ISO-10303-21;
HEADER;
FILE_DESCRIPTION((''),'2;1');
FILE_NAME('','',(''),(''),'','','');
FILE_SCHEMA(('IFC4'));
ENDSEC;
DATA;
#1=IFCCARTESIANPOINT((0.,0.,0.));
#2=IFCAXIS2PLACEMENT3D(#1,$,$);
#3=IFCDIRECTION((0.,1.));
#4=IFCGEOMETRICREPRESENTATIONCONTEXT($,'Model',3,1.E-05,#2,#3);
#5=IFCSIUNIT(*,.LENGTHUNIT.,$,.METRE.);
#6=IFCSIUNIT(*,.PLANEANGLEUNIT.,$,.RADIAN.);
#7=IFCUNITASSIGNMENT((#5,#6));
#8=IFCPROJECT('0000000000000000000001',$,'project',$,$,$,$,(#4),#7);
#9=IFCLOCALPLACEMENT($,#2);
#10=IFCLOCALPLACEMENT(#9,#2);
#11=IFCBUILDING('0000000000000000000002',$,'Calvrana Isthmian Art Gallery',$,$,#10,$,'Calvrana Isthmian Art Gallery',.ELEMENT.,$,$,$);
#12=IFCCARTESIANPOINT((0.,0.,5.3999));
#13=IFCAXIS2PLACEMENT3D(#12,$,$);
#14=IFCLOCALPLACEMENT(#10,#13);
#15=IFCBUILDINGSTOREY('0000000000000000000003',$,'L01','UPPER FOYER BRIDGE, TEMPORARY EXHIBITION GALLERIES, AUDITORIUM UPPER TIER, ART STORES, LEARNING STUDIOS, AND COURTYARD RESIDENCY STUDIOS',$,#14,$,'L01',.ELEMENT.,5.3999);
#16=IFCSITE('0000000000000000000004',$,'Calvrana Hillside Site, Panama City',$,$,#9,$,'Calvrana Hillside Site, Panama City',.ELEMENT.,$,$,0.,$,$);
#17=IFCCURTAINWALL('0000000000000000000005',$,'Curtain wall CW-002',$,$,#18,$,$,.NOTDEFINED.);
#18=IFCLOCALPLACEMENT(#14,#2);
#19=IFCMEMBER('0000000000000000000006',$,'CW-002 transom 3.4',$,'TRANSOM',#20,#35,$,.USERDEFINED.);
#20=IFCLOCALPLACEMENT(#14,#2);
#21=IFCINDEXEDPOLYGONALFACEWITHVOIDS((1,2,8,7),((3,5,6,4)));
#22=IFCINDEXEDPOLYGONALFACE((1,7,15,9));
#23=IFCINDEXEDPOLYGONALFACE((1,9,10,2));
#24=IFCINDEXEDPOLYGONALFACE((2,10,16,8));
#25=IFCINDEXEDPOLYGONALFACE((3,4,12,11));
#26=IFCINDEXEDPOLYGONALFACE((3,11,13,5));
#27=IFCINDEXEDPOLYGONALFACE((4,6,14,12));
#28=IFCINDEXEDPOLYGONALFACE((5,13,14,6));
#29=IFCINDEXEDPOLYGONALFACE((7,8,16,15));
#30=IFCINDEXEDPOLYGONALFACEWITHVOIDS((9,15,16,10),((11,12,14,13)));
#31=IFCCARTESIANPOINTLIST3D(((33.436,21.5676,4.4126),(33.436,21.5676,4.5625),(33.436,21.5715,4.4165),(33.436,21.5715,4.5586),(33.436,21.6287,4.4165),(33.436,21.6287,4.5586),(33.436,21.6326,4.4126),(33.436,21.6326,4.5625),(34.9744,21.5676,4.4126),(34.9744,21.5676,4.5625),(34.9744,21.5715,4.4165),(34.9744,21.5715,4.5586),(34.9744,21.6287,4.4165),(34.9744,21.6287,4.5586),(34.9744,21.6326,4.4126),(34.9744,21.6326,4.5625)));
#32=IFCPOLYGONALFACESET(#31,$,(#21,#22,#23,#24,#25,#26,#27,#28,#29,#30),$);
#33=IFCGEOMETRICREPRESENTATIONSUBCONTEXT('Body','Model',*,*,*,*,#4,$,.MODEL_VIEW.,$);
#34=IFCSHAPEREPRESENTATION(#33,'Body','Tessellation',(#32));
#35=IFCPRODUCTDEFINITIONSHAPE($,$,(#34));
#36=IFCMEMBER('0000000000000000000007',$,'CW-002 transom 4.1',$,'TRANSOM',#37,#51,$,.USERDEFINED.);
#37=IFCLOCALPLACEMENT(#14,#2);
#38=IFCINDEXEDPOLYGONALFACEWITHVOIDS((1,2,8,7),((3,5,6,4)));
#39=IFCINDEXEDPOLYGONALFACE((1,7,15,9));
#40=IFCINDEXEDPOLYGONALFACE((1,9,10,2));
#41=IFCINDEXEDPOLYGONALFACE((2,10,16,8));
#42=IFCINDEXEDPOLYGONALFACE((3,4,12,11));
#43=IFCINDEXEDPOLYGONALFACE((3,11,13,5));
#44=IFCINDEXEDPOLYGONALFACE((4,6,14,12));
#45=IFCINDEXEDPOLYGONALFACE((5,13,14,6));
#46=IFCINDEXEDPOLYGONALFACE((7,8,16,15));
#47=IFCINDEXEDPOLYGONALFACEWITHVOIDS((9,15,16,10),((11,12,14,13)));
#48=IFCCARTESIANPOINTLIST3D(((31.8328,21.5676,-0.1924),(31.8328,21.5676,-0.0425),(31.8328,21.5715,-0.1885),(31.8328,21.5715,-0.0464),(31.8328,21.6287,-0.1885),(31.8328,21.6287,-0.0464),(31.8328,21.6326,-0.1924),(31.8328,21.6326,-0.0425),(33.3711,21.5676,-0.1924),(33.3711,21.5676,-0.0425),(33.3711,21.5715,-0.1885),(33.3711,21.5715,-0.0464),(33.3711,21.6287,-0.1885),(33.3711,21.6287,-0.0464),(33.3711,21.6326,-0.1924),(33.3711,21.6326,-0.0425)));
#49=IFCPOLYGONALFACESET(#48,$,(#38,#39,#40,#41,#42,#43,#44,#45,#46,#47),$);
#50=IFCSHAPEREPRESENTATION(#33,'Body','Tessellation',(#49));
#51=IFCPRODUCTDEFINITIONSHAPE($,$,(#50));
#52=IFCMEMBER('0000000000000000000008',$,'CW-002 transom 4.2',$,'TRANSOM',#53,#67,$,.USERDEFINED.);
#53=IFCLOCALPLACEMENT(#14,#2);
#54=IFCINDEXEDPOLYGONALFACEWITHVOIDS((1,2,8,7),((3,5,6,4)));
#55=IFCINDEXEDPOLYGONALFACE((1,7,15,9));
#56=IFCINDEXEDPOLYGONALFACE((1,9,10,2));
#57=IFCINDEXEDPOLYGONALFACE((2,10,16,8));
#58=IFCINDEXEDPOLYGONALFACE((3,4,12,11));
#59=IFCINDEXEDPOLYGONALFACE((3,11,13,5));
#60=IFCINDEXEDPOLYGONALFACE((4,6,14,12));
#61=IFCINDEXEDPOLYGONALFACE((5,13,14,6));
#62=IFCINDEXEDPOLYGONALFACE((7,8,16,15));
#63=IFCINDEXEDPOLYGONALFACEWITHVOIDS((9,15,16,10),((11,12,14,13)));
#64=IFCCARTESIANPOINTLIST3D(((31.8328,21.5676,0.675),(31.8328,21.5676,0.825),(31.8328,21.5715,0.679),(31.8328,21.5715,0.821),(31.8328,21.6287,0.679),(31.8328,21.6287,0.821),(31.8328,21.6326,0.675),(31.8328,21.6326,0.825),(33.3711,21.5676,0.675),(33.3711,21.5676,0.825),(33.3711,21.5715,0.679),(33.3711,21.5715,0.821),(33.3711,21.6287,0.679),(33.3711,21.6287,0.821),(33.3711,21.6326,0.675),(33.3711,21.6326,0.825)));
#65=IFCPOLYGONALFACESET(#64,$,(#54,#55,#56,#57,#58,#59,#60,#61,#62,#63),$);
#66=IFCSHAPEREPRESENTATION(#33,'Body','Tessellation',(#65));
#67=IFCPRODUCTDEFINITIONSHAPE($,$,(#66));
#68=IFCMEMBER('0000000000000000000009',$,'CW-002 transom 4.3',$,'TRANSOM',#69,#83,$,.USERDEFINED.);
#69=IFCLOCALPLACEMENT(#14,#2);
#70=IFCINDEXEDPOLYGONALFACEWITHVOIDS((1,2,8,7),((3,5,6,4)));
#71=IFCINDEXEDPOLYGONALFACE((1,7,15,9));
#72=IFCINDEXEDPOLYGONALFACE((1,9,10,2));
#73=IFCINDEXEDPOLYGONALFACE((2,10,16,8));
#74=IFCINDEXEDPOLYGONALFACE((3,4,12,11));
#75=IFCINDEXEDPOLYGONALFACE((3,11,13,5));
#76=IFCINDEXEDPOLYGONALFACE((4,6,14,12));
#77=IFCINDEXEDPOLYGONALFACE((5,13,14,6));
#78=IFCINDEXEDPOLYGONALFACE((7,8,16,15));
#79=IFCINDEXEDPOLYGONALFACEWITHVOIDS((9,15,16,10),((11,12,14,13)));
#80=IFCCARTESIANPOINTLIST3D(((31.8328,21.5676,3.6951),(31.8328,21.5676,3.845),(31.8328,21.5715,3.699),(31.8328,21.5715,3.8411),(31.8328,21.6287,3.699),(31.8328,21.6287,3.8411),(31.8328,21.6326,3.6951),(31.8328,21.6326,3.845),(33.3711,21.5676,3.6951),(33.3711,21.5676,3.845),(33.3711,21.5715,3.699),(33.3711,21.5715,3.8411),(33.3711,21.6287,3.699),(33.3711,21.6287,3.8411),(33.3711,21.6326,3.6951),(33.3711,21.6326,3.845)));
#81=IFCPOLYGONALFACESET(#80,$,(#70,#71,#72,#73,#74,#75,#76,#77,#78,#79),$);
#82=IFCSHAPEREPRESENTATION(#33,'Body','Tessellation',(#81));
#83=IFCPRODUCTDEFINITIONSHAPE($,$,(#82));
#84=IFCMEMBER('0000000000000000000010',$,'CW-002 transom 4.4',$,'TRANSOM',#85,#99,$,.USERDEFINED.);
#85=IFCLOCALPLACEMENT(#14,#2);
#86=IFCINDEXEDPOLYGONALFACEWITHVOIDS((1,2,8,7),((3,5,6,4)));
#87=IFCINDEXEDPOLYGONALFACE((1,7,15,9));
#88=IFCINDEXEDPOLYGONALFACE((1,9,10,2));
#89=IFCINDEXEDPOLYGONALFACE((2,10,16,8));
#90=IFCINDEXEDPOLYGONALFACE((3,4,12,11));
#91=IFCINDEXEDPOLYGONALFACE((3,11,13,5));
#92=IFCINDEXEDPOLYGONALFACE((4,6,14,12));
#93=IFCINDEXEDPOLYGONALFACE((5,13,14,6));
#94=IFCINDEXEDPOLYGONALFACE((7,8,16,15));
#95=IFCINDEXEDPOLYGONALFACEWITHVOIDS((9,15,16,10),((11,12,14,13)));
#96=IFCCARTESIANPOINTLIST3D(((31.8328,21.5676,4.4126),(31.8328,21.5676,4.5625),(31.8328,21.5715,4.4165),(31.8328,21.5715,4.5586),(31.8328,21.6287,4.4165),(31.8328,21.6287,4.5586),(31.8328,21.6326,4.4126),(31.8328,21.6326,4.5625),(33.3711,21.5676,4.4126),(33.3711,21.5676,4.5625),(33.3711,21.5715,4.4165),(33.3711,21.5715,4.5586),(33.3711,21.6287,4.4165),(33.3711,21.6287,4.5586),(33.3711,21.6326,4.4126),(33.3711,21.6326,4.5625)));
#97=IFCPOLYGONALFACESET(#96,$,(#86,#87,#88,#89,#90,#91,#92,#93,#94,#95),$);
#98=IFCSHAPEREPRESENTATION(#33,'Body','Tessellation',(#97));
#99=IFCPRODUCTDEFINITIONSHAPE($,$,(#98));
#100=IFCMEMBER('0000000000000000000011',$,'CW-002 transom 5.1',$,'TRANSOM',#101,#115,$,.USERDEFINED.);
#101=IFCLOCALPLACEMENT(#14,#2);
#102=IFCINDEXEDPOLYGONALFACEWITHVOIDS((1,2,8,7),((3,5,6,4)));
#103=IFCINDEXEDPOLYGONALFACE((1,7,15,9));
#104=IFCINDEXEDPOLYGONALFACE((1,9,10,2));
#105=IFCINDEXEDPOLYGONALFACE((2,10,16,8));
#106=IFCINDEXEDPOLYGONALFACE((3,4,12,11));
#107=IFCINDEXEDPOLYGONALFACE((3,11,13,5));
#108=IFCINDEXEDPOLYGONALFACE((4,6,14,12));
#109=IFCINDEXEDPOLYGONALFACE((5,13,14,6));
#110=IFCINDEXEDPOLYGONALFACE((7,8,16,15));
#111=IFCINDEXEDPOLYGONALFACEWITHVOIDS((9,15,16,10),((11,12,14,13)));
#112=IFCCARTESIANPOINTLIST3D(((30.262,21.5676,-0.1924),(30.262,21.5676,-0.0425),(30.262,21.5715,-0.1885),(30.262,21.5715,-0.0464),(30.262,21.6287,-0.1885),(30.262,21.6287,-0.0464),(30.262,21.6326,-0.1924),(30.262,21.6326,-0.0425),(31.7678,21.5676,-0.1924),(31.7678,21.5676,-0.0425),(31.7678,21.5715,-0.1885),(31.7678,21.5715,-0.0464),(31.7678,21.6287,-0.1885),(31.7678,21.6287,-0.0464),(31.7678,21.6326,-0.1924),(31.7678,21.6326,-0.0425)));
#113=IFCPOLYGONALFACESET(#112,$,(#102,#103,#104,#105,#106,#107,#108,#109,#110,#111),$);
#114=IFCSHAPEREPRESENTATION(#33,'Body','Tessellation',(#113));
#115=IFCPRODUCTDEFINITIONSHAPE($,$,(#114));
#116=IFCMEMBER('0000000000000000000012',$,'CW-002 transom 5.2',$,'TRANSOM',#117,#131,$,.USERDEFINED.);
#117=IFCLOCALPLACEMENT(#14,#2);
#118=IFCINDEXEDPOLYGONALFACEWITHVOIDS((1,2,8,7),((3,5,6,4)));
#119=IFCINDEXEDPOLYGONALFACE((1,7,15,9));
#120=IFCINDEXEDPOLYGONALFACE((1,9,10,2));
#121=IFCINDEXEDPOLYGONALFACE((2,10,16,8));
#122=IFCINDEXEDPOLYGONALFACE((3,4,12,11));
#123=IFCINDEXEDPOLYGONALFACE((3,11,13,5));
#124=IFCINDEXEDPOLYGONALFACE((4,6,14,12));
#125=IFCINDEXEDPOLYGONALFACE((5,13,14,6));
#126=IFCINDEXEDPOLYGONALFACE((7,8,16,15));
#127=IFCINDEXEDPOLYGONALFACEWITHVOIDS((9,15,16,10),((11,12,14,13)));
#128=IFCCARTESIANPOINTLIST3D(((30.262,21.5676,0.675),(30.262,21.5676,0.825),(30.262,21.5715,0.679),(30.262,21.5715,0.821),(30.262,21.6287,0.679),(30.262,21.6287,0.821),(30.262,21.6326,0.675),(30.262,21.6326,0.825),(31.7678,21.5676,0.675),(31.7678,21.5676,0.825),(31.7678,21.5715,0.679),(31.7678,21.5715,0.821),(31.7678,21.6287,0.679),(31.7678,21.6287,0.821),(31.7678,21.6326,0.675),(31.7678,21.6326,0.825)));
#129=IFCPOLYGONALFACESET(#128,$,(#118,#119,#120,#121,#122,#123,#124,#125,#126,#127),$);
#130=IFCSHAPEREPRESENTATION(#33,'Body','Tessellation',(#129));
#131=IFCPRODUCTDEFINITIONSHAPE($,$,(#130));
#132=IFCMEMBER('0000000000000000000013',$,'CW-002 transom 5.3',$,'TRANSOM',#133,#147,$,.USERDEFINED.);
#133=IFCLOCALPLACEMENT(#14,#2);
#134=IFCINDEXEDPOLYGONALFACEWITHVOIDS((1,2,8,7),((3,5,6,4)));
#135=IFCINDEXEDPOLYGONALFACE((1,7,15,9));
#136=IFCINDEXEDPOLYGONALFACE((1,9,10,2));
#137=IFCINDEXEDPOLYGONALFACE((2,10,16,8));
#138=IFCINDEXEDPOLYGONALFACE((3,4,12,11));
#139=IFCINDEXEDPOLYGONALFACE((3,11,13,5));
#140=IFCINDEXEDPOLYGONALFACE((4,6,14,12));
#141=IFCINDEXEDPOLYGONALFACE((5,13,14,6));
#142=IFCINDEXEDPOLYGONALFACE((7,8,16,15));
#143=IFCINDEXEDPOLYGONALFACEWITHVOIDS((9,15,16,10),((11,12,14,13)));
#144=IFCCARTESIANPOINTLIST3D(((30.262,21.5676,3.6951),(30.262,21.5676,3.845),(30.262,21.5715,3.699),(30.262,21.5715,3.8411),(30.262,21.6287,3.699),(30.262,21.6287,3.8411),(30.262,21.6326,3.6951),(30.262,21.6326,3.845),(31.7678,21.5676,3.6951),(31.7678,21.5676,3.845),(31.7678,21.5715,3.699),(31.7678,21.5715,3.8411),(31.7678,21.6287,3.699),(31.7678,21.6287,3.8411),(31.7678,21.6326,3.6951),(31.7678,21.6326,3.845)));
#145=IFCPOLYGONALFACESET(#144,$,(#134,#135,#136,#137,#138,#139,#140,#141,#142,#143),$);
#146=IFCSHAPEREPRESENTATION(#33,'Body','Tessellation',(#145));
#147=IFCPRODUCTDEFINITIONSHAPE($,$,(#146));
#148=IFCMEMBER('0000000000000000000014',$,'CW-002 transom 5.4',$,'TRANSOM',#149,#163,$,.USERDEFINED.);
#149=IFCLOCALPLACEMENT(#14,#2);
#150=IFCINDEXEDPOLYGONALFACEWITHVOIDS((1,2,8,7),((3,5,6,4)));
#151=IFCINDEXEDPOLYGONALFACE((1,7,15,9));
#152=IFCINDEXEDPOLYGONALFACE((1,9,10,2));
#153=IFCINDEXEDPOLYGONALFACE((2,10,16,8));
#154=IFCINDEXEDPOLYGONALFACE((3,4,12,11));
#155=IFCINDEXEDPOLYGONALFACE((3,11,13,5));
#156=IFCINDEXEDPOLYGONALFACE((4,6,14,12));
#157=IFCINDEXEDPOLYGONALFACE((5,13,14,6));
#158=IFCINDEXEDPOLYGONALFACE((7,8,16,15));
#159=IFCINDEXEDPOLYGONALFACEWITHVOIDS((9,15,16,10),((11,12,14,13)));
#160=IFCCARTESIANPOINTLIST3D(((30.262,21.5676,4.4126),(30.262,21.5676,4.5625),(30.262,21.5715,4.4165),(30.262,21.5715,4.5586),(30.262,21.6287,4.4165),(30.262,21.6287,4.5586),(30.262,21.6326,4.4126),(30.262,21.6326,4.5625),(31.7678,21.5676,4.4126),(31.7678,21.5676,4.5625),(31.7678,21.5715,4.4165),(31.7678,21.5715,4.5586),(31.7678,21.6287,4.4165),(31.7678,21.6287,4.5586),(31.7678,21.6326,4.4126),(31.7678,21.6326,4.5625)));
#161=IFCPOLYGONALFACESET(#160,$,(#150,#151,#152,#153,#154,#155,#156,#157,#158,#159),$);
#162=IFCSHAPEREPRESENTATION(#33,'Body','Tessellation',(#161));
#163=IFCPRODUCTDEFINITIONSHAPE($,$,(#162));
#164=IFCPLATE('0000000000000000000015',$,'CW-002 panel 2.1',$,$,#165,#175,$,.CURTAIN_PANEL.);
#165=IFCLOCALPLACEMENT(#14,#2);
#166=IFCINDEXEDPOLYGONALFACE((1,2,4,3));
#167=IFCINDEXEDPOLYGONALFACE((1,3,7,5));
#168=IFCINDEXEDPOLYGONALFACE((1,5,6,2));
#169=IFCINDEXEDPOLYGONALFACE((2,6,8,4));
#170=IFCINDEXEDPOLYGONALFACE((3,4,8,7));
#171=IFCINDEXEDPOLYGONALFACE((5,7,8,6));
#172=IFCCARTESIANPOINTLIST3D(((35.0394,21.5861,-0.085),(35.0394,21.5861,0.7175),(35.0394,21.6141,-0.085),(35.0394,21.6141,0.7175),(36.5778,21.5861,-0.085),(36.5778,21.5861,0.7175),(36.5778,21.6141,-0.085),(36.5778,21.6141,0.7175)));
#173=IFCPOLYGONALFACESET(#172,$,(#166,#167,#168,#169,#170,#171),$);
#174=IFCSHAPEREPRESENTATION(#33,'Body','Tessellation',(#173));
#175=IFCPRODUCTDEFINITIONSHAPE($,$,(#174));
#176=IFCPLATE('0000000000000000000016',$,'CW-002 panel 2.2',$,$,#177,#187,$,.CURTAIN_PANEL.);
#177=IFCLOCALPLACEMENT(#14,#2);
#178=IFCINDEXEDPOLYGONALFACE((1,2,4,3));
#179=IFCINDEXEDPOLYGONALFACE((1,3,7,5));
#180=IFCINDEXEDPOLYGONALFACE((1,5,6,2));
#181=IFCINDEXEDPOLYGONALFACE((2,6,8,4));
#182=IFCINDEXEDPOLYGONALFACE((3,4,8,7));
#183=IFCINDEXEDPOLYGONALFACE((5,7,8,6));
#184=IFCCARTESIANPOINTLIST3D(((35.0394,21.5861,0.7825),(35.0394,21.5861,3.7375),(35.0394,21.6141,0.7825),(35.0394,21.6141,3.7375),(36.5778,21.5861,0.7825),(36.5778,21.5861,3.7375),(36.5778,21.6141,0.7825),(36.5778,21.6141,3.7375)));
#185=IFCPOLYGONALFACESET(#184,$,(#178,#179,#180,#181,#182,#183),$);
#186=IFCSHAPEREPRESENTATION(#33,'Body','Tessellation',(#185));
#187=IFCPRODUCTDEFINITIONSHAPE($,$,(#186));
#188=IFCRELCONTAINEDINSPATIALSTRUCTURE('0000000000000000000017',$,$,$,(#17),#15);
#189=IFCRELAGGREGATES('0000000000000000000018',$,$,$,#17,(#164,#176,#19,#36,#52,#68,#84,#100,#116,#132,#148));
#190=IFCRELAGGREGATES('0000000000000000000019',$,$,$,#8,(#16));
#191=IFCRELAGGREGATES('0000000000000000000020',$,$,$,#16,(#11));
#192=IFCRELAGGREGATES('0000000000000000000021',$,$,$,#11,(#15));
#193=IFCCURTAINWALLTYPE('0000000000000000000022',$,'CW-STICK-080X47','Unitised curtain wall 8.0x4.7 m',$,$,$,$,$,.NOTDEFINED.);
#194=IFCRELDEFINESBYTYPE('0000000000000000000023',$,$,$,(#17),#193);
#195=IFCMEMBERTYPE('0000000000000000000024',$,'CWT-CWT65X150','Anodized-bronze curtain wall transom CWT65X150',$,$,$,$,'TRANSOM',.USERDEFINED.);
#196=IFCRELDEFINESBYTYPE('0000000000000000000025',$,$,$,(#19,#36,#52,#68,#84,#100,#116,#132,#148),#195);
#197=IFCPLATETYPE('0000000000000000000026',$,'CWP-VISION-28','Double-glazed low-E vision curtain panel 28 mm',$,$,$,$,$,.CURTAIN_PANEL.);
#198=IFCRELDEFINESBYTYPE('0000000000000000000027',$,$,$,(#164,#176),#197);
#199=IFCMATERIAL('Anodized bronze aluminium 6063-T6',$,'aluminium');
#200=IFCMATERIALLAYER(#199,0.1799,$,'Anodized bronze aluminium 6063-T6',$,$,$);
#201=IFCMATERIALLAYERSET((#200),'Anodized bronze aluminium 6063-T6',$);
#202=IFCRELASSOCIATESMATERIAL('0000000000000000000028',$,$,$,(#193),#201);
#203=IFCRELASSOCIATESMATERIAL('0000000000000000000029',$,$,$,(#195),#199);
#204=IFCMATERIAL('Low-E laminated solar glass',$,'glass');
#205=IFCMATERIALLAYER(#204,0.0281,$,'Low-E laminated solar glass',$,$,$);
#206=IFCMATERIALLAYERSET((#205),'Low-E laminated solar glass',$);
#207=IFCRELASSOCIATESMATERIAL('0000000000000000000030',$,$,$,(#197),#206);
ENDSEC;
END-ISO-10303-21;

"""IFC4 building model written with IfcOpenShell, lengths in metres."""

from ifc_helpers import new_model, si_unit, direction, frame, origin, origin_2d, place, context, subcontext, project, spatial, rectangle, hollow_rectangle, extrude, material, layer, layer_set, material_profile, profile_set, type_object, element, aggregate, save


model = new_model("IFC4")

# Units and contexts
model_context = context("Model", 3, precision=1e-05, world=origin(), true_north=direction((0.0, 1.0)))
body_context = subcontext(model_context, "Body", "Model", "MODEL_VIEW")
ifc_project = project(units=[si_unit("LENGTHUNIT", "METRE"), si_unit("PLANEANGLEUNIT", "RADIAN")], contexts=[model_context])

# Site, building, storey
site_placement = place(None, origin())
site = spatial("IfcSite", under=ifc_project, at=site_placement, Name="Calvrana Hillside Site, Panama City", LongName="Calvrana Hillside Site, Panama City", CompositionType="ELEMENT", RefElevation=0.0)
building_placement = place(site_placement, origin())
building = spatial("IfcBuilding", under=site, at=building_placement, Name="Calvrana Isthmian Art Gallery", LongName="Calvrana Isthmian Art Gallery", CompositionType="ELEMENT")
storey_placement = place(building_placement, frame((0.0, 0.0, 5.3999)))
storey = spatial("IfcBuildingStorey", under=building, at=storey_placement, Name="L01", Description="UPPER FOYER BRIDGE, TEMPORARY EXHIBITION GALLERIES, AUDITORIUM UPPER TIER, ART STORES, LEARNING STUDIOS, AND COURTYARD RESIDENCY STUDIOS", LongName="L01", CompositionType="ELEMENT", Elevation=5.3999)

# Curtain wall, members, plates
ifc_material_1 = material(Name="Anodized bronze aluminium 6063-T6", Category="aluminium")
ifc_layer_1 = layer(ifc_material_1, 0.1799, Name="Anodized bronze aluminium 6063-T6")
ifc_layer_set_1 = layer_set([ifc_layer_1], Name="Anodized bronze aluminium 6063-T6")
curtain_wall_type = type_object("IfcCurtainWallType", Name="CW-STICK-080X47", Description="Unitised curtain wall 8.0x4.7 m", PredefinedType="NOTDEFINED", material=ifc_layer_set_1)
curtain_wall_placement = place(storey_placement, origin())
curtain_wall = element("IfcCurtainWall", 1, at=curtain_wall_placement, inside=storey, type_object=curtain_wall_type, Name="Curtain wall CW-002", PredefinedType="NOTDEFINED")
ifc_material_profile_1 = material_profile(ifc_material_1, hollow_rectangle(XDim=0.0649, YDim=0.1499, WallThickness=0.0039, at=origin_2d()), Name="CWT65X150")
ifc_profile_set_1 = profile_set([ifc_material_profile_1], Name="Anodized bronze aluminium 6063-T6")
member_type_1 = type_object("IfcMemberType", Name="CWT-CWT65X150", Description="Anodized-bronze curtain wall transom CWT65X150", ElementType="TRANSOM", PredefinedType="USERDEFINED", material=ifc_profile_set_1)
member_1_placement = place(storey_placement, frame((34.9744, 21.6001, 4.4875), z_axis=(-1.0, 0.0, 0.0), x_axis=(0.0, -1.0, 0.0)))
member_1 = element("IfcMember", 2, at=member_1_placement, type_object=member_type_1, Name="CW-002 transom 3.4", ObjectType="TRANSOM", PredefinedType="USERDEFINED", context=body_context, shape_type="SweptSolid", body=[
    extrude(hollow_rectangle(XDim=0.0649, YDim=0.1499, WallThickness=0.0039, at=origin_2d()), origin(), (0.0, 0.0, 1.0), 1.5383),
])
member_2_placement = place(storey_placement, frame((33.3711, 21.6001, -0.1174), z_axis=(-1.0, 0.0, 0.0), x_axis=(0.0, -1.0, 0.0)))
member_2 = element("IfcMember", 3, at=member_2_placement, type_object=member_type_1, Name="CW-002 transom 4.1", ObjectType="TRANSOM", PredefinedType="USERDEFINED", context=body_context, shape_type="SweptSolid", body=[
    extrude(hollow_rectangle(XDim=0.0649, YDim=0.1499, WallThickness=0.0039, at=origin_2d()), origin(), (0.0, 0.0, 1.0), 1.5383),
])
member_3_placement = place(storey_placement, frame((33.3711, 21.6001, 0.75), z_axis=(-1.0, 0.0, 0.0), x_axis=(0.0, -1.0, 0.0)))
member_3 = element("IfcMember", 4, at=member_3_placement, type_object=member_type_1, Name="CW-002 transom 4.2", ObjectType="TRANSOM", PredefinedType="USERDEFINED", context=body_context, shape_type="SweptSolid", body=[
    extrude(hollow_rectangle(XDim=0.0649, YDim=0.1499, WallThickness=0.0039, at=origin_2d()), origin(), (0.0, 0.0, 1.0), 1.5383),
])
member_4_placement = place(storey_placement, frame((33.3711, 21.6001, 3.77), z_axis=(-1.0, 0.0, 0.0), x_axis=(0.0, -1.0, 0.0)))
member_4 = element("IfcMember", 5, at=member_4_placement, type_object=member_type_1, Name="CW-002 transom 4.3", ObjectType="TRANSOM", PredefinedType="USERDEFINED", context=body_context, shape_type="SweptSolid", body=[
    extrude(hollow_rectangle(XDim=0.0649, YDim=0.1499, WallThickness=0.0039, at=origin_2d()), origin(), (0.0, 0.0, 1.0), 1.5383),
])
member_5_placement = place(storey_placement, frame((33.3711, 21.6001, 4.4875), z_axis=(-1.0, 0.0, 0.0), x_axis=(0.0, -1.0, 0.0)))
member_5 = element("IfcMember", 6, at=member_5_placement, type_object=member_type_1, Name="CW-002 transom 4.4", ObjectType="TRANSOM", PredefinedType="USERDEFINED", context=body_context, shape_type="SweptSolid", body=[
    extrude(hollow_rectangle(XDim=0.0649, YDim=0.1499, WallThickness=0.0039, at=origin_2d()), origin(), (0.0, 0.0, 1.0), 1.5383),
])
member_6_placement = place(storey_placement, frame((31.7678, 21.6001, -0.1174), z_axis=(-1.0, 0.0, 0.0), x_axis=(0.0, -1.0, 0.0)))
member_6 = element("IfcMember", 7, at=member_6_placement, type_object=member_type_1, Name="CW-002 transom 5.1", ObjectType="TRANSOM", PredefinedType="USERDEFINED", context=body_context, shape_type="SweptSolid", body=[
    extrude(hollow_rectangle(XDim=0.0649, YDim=0.1499, WallThickness=0.0039, at=origin_2d()), origin(), (0.0, 0.0, 1.0), 1.5059),
])
member_7_placement = place(storey_placement, frame((31.7678, 21.6001, 0.75), z_axis=(-1.0, 0.0, 0.0), x_axis=(0.0, -1.0, 0.0)))
member_7 = element("IfcMember", 8, at=member_7_placement, type_object=member_type_1, Name="CW-002 transom 5.2", ObjectType="TRANSOM", PredefinedType="USERDEFINED", context=body_context, shape_type="SweptSolid", body=[
    extrude(hollow_rectangle(XDim=0.0649, YDim=0.1499, WallThickness=0.0039, at=origin_2d()), origin(), (0.0, 0.0, 1.0), 1.5059),
])
member_8_placement = place(storey_placement, frame((31.7678, 21.6001, 3.77), z_axis=(-1.0, 0.0, 0.0), x_axis=(0.0, -1.0, 0.0)))
member_8 = element("IfcMember", 9, at=member_8_placement, type_object=member_type_1, Name="CW-002 transom 5.3", ObjectType="TRANSOM", PredefinedType="USERDEFINED", context=body_context, shape_type="SweptSolid", body=[
    extrude(hollow_rectangle(XDim=0.0649, YDim=0.1499, WallThickness=0.0039, at=origin_2d()), origin(), (0.0, 0.0, 1.0), 1.5059),
])
member_9_placement = place(storey_placement, frame((31.7678, 21.6001, 4.4875), z_axis=(-1.0, 0.0, 0.0), x_axis=(0.0, -1.0, 0.0)))
member_9 = element("IfcMember", 10, at=member_9_placement, type_object=member_type_1, Name="CW-002 transom 5.4", ObjectType="TRANSOM", PredefinedType="USERDEFINED", context=body_context, shape_type="SweptSolid", body=[
    extrude(hollow_rectangle(XDim=0.0649, YDim=0.1499, WallThickness=0.0039, at=origin_2d()), origin(), (0.0, 0.0, 1.0), 1.5059),
])
ifc_material_2 = material(Name="Low-E laminated solar glass", Category="glass")
ifc_layer_2 = layer(ifc_material_2, 0.0281, Name="Low-E laminated solar glass")
ifc_layer_set_2 = layer_set([ifc_layer_2], Name="Low-E laminated solar glass")
plate_type_1 = type_object("IfcPlateType", Name="CWP-VISION-28", Description="Double-glazed low-E vision curtain panel 28 mm", PredefinedType="CURTAIN_PANEL", material=ifc_layer_set_2)
plate_1_placement = place(storey_placement, frame((35.8086, 21.6001, -0.085), z_axis=(0.0, 0.0, 1.0), x_axis=(-1.0, 0.0, 0.0)))
plate_1 = element("IfcPlate", 11, at=plate_1_placement, type_object=plate_type_1, Name="CW-002 panel 2.1", PredefinedType="CURTAIN_PANEL", context=body_context, shape_type="SweptSolid", body=[
    extrude(rectangle(XDim=1.5383, YDim=0.0281, at=origin_2d()), origin(), (0.0, 0.0, 1.0), 0.8025),
])
plate_2_placement = place(storey_placement, frame((35.8086, 21.6001, 0.7825), z_axis=(0.0, 0.0, 1.0), x_axis=(-1.0, 0.0, 0.0)))
plate_2 = element("IfcPlate", 12, at=plate_2_placement, type_object=plate_type_1, Name="CW-002 panel 2.2", PredefinedType="CURTAIN_PANEL", context=body_context, shape_type="SweptSolid", body=[
    extrude(rectangle(XDim=1.5383, YDim=0.0281, at=origin_2d()), origin(), (0.0, 0.0, 1.0), 2.9551),
])
aggregate(curtain_wall, [plate_1, plate_2, member_1, member_2, member_3, member_4, member_5, member_6, member_7, member_8, member_9])

save(model, "model.ifc")
